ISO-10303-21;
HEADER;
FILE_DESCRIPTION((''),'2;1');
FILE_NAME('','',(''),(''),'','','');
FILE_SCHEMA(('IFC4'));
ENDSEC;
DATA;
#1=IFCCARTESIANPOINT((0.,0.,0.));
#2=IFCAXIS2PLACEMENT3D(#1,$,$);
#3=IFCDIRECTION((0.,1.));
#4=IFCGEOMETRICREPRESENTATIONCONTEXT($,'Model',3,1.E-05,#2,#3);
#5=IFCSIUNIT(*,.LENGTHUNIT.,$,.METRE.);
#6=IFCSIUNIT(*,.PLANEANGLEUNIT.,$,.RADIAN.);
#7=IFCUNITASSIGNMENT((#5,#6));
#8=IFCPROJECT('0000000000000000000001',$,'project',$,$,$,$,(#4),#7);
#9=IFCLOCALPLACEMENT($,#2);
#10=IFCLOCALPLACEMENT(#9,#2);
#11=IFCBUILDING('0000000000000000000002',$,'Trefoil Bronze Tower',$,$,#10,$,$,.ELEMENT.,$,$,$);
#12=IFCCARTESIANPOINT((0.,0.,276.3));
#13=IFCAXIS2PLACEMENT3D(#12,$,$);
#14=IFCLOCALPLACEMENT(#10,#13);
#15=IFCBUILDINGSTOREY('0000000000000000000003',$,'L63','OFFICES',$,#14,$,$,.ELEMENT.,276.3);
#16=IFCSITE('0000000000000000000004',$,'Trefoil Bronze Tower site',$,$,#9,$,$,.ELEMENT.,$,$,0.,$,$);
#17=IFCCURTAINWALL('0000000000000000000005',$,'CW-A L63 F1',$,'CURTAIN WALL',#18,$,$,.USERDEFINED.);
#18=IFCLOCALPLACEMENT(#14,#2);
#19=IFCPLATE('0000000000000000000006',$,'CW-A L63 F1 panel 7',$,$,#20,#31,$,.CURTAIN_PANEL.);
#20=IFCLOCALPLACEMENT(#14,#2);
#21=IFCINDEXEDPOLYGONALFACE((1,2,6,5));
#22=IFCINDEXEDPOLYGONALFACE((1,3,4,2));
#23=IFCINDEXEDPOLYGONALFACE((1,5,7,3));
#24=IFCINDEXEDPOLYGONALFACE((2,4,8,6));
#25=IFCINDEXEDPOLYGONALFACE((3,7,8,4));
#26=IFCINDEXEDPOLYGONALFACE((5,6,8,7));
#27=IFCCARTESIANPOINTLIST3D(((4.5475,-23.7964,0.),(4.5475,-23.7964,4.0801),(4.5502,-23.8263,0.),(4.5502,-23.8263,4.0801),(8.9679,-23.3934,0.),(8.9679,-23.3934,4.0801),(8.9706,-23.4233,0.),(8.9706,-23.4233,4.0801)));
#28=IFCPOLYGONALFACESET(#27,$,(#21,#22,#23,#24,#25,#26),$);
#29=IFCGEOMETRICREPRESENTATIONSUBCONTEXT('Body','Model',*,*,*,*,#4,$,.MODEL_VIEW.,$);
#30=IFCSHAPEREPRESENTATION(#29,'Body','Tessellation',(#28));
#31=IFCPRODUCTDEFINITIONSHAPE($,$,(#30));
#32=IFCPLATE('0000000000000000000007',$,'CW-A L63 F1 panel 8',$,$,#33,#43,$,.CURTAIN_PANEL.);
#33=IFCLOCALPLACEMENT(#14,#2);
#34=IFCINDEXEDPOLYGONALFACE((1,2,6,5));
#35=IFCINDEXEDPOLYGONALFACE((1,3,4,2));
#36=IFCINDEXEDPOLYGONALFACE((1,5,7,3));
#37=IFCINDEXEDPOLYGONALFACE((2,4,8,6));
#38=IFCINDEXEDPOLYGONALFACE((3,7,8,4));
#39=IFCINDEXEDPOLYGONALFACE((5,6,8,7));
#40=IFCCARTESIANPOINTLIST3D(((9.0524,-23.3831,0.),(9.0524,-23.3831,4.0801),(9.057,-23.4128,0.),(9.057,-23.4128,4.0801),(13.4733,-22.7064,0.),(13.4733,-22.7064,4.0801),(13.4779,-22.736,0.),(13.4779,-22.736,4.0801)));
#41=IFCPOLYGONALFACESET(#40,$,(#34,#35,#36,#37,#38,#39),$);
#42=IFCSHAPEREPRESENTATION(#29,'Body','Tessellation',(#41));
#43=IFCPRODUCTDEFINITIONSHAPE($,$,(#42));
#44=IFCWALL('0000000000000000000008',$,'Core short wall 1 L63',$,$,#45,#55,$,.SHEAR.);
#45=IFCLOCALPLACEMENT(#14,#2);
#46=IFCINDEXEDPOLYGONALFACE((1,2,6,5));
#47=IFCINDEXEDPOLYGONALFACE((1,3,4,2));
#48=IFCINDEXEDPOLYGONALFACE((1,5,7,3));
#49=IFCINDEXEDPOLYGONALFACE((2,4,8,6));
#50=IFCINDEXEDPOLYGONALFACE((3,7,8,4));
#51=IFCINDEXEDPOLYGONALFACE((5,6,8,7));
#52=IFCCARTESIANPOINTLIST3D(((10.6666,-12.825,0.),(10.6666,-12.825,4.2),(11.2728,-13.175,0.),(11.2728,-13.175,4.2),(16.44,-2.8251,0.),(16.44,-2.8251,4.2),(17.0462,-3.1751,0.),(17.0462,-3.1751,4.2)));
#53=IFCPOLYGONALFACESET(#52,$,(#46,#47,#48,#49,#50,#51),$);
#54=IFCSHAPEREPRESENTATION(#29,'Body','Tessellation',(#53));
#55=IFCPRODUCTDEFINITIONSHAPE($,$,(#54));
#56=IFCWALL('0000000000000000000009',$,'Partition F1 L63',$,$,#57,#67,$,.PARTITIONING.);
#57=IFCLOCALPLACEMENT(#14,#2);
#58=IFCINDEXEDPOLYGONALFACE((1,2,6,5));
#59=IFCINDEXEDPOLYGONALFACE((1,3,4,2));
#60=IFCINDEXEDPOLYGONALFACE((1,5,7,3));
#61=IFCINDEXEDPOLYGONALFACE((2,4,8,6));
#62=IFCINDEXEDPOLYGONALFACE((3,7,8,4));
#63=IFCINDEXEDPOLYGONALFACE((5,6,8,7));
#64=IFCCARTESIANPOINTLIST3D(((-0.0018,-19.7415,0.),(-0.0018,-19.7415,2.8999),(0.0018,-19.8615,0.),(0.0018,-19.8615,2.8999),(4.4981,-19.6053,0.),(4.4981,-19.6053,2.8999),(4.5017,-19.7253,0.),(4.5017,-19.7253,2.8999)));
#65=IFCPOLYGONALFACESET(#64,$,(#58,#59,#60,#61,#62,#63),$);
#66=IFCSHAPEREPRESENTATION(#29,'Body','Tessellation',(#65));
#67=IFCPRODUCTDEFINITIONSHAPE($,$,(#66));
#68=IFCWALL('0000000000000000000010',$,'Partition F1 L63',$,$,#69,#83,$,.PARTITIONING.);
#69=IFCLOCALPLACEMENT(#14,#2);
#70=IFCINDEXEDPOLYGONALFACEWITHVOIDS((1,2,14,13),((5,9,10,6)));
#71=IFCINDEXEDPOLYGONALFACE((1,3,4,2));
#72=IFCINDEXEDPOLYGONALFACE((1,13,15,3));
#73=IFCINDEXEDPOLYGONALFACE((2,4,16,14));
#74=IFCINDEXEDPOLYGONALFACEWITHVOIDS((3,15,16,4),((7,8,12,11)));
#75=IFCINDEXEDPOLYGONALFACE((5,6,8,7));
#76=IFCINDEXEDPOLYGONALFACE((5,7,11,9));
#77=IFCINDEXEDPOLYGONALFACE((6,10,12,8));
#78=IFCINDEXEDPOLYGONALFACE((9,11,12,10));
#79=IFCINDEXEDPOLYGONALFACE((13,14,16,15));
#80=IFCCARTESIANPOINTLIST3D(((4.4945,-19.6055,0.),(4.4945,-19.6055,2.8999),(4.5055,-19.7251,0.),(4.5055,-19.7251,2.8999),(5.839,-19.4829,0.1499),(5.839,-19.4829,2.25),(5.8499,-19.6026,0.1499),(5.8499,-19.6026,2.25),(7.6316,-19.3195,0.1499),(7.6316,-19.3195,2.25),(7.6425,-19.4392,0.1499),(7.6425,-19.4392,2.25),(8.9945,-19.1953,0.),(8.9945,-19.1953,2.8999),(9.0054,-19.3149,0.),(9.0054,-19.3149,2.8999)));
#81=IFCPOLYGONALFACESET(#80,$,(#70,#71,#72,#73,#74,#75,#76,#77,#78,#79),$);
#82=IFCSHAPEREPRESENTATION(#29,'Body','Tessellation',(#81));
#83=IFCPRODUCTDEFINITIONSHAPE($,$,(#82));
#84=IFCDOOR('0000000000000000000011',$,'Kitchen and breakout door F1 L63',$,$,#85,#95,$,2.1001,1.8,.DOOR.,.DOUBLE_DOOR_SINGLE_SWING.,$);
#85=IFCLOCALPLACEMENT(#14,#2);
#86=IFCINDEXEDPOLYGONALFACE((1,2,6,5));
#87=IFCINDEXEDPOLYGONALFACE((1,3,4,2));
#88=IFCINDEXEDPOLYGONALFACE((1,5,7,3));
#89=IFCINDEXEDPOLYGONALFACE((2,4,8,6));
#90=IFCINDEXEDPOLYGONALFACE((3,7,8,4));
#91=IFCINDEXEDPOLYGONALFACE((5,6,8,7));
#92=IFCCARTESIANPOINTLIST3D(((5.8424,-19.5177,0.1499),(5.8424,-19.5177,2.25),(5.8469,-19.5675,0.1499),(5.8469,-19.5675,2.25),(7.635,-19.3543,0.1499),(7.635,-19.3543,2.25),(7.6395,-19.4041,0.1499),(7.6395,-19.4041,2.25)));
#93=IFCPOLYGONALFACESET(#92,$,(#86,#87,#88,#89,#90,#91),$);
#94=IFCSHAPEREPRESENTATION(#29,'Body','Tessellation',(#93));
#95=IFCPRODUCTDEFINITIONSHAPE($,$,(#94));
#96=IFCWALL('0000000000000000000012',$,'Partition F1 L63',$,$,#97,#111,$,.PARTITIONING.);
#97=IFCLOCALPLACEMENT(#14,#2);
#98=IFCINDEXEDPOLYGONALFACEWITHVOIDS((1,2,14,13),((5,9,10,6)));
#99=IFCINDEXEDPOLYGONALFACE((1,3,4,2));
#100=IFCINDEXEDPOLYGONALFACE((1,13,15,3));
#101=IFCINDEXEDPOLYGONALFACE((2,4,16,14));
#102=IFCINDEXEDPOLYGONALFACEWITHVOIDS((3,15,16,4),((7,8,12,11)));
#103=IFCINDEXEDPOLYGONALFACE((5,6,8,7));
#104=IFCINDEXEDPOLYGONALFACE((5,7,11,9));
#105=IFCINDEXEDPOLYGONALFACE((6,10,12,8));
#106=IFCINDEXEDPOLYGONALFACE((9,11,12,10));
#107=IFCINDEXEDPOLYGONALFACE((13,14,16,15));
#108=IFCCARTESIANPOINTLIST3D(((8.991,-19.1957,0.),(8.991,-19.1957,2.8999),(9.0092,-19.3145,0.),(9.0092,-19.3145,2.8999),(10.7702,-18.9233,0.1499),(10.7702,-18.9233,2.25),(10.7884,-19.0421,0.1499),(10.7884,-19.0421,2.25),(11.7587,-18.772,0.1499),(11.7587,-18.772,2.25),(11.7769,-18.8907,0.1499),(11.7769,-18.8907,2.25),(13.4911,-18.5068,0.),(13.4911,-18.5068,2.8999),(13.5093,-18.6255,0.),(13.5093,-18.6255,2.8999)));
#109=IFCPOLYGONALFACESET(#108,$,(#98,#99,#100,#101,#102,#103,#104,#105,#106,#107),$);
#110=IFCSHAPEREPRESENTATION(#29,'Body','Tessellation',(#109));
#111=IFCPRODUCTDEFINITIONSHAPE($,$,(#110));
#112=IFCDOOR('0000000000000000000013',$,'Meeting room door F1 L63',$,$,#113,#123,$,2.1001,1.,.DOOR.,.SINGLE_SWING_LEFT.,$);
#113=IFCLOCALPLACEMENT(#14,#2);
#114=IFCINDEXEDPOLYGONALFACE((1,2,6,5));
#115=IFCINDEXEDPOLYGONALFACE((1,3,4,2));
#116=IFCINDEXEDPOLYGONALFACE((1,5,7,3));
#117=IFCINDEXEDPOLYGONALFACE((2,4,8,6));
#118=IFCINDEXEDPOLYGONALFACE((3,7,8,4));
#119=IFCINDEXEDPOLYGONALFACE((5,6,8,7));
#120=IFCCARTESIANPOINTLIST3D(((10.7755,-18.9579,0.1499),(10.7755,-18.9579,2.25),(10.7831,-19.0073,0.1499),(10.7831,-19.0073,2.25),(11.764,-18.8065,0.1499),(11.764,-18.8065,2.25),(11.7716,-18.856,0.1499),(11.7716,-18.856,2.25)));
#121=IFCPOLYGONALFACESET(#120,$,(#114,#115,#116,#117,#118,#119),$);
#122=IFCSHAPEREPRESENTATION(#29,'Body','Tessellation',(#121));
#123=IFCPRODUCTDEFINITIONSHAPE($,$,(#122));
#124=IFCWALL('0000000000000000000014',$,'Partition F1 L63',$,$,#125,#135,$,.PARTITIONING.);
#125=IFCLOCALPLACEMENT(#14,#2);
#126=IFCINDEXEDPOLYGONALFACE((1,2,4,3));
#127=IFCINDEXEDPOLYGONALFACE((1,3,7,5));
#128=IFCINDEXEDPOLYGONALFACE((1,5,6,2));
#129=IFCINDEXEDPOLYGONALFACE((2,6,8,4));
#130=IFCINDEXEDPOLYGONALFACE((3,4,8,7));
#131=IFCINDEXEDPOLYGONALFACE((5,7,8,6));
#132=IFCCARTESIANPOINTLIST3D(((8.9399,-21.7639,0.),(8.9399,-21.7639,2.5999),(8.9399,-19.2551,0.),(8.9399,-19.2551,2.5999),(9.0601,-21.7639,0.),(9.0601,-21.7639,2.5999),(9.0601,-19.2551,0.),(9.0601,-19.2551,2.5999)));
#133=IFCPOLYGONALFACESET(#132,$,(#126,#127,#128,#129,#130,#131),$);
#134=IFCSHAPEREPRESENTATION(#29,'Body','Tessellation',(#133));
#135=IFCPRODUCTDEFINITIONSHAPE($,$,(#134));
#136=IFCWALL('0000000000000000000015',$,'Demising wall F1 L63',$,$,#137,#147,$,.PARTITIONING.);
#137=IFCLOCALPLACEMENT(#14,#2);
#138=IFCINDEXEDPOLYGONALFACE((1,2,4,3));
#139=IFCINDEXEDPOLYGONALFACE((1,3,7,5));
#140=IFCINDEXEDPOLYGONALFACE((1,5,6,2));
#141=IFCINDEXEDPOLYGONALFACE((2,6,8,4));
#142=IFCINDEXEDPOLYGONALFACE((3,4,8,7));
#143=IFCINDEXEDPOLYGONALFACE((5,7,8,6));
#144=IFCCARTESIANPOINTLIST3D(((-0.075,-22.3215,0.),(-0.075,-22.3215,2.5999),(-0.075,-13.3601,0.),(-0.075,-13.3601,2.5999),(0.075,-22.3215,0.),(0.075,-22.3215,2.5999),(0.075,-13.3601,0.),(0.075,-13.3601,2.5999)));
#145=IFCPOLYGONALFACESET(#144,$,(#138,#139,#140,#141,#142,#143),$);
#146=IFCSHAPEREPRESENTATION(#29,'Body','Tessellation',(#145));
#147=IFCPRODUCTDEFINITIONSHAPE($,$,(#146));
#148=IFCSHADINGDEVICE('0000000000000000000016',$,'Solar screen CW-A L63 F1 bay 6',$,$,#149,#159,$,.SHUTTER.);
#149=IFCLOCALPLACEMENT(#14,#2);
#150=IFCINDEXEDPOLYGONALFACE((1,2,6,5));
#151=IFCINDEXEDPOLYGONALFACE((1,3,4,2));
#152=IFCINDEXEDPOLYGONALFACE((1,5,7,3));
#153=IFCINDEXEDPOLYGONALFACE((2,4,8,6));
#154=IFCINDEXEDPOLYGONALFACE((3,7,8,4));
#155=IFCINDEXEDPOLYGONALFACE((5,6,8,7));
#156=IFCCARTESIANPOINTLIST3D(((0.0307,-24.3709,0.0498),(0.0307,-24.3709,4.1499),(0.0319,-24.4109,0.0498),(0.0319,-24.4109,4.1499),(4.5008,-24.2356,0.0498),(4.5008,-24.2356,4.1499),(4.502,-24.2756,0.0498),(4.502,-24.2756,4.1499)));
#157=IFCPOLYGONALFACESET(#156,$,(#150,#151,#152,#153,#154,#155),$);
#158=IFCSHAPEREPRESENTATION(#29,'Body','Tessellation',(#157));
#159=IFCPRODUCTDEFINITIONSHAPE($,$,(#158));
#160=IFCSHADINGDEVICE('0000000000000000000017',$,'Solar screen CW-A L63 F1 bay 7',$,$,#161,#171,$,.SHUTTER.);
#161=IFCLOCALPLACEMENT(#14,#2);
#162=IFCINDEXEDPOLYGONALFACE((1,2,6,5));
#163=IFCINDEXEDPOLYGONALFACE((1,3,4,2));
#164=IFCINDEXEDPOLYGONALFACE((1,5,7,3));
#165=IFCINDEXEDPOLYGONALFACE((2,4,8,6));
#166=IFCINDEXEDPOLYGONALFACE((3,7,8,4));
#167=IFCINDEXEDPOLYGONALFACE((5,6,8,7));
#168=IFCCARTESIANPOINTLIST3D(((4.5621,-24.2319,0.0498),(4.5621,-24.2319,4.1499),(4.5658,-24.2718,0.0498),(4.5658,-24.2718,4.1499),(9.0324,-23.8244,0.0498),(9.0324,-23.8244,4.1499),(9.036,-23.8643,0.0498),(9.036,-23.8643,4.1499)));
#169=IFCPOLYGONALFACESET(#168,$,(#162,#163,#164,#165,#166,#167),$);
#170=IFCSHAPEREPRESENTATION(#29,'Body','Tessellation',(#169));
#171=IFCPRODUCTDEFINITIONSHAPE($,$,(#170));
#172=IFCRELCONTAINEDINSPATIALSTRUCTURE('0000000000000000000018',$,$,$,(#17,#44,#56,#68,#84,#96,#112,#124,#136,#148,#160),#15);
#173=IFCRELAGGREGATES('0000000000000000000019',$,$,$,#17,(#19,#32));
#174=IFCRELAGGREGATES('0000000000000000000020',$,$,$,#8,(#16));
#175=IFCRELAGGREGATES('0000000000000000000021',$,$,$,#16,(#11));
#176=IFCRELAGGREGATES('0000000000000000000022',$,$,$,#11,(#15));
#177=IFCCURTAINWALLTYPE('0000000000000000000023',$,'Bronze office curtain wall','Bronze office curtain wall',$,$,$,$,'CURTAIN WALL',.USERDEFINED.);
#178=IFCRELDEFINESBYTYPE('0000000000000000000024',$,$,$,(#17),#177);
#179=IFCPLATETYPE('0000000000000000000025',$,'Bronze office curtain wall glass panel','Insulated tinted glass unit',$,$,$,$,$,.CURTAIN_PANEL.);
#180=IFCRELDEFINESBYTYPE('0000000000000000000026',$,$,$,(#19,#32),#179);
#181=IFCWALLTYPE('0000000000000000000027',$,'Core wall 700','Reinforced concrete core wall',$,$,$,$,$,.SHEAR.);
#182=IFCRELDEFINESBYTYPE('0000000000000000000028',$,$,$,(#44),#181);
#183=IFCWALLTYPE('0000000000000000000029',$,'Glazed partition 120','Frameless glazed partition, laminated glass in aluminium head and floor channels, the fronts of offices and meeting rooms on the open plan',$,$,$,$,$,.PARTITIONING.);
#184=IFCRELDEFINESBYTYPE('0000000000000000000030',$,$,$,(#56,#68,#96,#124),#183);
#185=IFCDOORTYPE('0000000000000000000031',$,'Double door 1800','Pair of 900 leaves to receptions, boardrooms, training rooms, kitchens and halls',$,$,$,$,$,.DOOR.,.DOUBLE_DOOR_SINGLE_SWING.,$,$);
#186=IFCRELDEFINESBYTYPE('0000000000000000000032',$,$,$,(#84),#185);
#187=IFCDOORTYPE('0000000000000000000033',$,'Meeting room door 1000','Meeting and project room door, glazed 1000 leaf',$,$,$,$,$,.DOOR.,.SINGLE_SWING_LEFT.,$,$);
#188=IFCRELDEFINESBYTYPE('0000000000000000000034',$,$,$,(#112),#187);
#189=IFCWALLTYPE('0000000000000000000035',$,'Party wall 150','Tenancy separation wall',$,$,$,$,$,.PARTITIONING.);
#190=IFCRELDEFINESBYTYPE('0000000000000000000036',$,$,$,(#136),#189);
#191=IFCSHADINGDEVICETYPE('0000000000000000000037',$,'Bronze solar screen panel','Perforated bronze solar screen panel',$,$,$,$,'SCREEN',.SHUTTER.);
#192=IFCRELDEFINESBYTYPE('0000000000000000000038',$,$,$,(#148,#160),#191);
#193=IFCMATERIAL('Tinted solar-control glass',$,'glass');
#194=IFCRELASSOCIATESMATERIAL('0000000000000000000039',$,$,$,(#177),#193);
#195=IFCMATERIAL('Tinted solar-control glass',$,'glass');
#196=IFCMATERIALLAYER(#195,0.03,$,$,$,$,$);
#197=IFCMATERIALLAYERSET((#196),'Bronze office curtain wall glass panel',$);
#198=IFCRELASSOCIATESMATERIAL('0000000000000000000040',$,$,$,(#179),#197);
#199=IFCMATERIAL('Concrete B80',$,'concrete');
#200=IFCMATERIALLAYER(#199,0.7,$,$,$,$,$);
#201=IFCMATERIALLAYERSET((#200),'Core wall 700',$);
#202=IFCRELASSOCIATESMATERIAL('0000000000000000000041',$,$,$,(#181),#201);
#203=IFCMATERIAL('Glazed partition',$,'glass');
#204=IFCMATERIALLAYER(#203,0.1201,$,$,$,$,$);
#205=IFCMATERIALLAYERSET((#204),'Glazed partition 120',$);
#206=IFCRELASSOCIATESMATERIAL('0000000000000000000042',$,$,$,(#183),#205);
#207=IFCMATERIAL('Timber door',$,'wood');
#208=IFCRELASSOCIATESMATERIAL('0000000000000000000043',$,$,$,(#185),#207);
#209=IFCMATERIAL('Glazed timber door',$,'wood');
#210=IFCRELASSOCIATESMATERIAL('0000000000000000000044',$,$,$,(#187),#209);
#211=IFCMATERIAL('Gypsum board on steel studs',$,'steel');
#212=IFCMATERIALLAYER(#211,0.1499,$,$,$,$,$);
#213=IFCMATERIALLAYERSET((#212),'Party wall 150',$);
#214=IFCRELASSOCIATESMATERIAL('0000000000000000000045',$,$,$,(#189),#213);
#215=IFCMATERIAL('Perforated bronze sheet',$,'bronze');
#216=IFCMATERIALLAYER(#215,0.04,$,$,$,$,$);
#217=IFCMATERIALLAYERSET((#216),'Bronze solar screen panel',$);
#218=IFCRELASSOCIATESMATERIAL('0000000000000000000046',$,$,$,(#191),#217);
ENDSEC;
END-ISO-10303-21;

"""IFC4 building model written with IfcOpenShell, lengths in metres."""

from ifc_helpers import new_model, si_unit, direction, frame, frame_2d, origin, origin_2d, place, context, subcontext, project, spatial, rectangle, extrude, material, layer, layer_set, type_object, element, fill, aggregate, save


model = new_model("IFC4")

# Units and contexts
model_context = context("Model", 3, precision=1e-05, world=origin(), true_north=direction((0.0, 1.0)))
body_context = subcontext(model_context, "Body", "Model", "MODEL_VIEW")
ifc_project = project(units=[si_unit("LENGTHUNIT", "METRE"), si_unit("PLANEANGLEUNIT", "RADIAN")], contexts=[model_context])

# Site, building, storey
site_placement = place(None, origin())
site = spatial("IfcSite", under=ifc_project, at=site_placement, Name="Trefoil Bronze Tower site", CompositionType="ELEMENT", RefElevation=0.0)
building_placement = place(site_placement, origin())
building = spatial("IfcBuilding", under=site, at=building_placement, Name="Trefoil Bronze Tower", CompositionType="ELEMENT")
storey_placement = place(building_placement, frame((0.0, 0.0, 276.3)))
storey = spatial("IfcBuildingStorey", under=building, at=storey_placement, Name="L63", Description="OFFICES", CompositionType="ELEMENT", Elevation=276.3)

# Curtain wall
ifc_material_1 = material(Name="Tinted solar-control glass", Category="glass")
curtain_wall_type = type_object("IfcCurtainWallType", Name="Bronze office curtain wall", Description="Bronze office curtain wall", ElementType="CURTAIN WALL", PredefinedType="USERDEFINED", material=ifc_material_1)
curtain_wall_placement = place(storey_placement, origin())
curtain_wall = element("IfcCurtainWall", 1, at=curtain_wall_placement, inside=storey, type_object=curtain_wall_type, Name="CW-A L63 F1", ObjectType="CURTAIN WALL", PredefinedType="USERDEFINED")

# Plates
ifc_material_2 = material(Name="Tinted solar-control glass", Category="glass")
ifc_layer_1 = layer(ifc_material_2, 0.03)
ifc_layer_set_1 = layer_set([ifc_layer_1], Name="Bronze office curtain wall glass panel")
plate_type = type_object("IfcPlateType", Name="Bronze office curtain wall glass panel", Description="Insulated tinted glass unit", PredefinedType="CURTAIN_PANEL", material=ifc_layer_set_1)
plate_1_placement = place(storey_placement, frame((6.759, -23.6099, 0.0), z_axis=(0.0, 0.0, 1.0), x_axis=(0.99587, 0.090789, 0.0)))
plate_1 = element("IfcPlate", 2, at=plate_1_placement, type_object=plate_type, Name="CW-A L63 F1 panel 7", PredefinedType="CURTAIN_PANEL", context=body_context, shape_type="SweptSolid", body=[
    extrude(rectangle(XDim=4.4387, YDim=0.03, at=origin_2d()), origin(), (0.0, 0.0, 1.0), 4.0801),
])
plate_2_placement = place(storey_placement, frame((11.2651, -23.0596, 0.0), z_axis=(0.0, 0.0, 1.0), x_axis=(0.988485, 0.151317, 0.0)))
plate_2 = element("IfcPlate", 3, at=plate_2_placement, type_object=plate_type, Name="CW-A L63 F1 panel 8", PredefinedType="CURTAIN_PANEL", context=body_context, shape_type="SweptSolid", body=[
    extrude(rectangle(XDim=4.4724, YDim=0.03, at=origin_2d()), origin(), (0.0, 0.0, 1.0), 4.0801),
])
aggregate(curtain_wall, [plate_1, plate_2])

# Walls
ifc_material_3 = material(Name="Concrete B80", Category="concrete")
ifc_layer_2 = layer(ifc_material_3, 0.7)
ifc_layer_set_2 = layer_set([ifc_layer_2], Name="Core wall 700")
wall_type_1 = type_object("IfcWallType", Name="Core wall 700", Description="Reinforced concrete core wall", PredefinedType="SHEAR", material=ifc_layer_set_2)
wall_1_placement = place(storey_placement, frame((10.9697, -13.0, 0.0), z_axis=(0.0, 0.0, 1.0), x_axis=(0.499996, 0.866028, 0.0)))
element("IfcWall", 4, at=wall_1_placement, inside=storey, type_object=wall_type_1, Name="Core short wall 1 L63", PredefinedType="SHEAR", context=body_context, shape_type="SweptSolid", body=[
    extrude(rectangle(XDim=11.5469, YDim=0.7, at=frame_2d((5.7734, 0.0))), origin(), (0.0, 0.0, 1.0), 4.2),
])
ifc_material_4 = material(Name="Glazed partition", Category="glass")
ifc_layer_3 = layer(ifc_material_4, 0.1201)
ifc_layer_set_3 = layer_set([ifc_layer_3], Name="Glazed partition 120")
wall_type_2 = type_object("IfcWallType", Name="Glazed partition 120", Description="Frameless glazed partition, laminated glass in aluminium head and floor channels, the fronts of offices and meeting rooms on the open plan", PredefinedType="PARTITIONING", material=ifc_layer_set_3)
wall_2_placement = place(storey_placement, frame((0.0, -19.8015, 0.0), z_axis=(0.0, 0.0, 1.0), x_axis=(0.999542, 0.03026, 0.0)))
element("IfcWall", 5, at=wall_2_placement, inside=storey, type_object=wall_type_2, Name="Partition F1 L63", PredefinedType="PARTITIONING", context=body_context, shape_type="SweptSolid", body=[
    extrude(rectangle(XDim=4.502, YDim=0.1201, at=frame_2d((2.251, 0.0))), origin(), (0.0, 0.0, 1.0), 2.8999),
])

# Walls, openings, doors
wall_3_placement = place(storey_placement, frame((4.5, -19.6653, 0.0), z_axis=(0.0, 0.0, 1.0), x_axis=(0.995872, 0.09077, 0.0)))
wall_3 = element("IfcWall", 6, at=wall_3_placement, inside=storey, type_object=wall_type_2, Name="Partition F1 L63", PredefinedType="PARTITIONING", context=body_context, shape_type="SweptSolid", body=[
    extrude(rectangle(XDim=4.5186, YDim=0.1201, at=frame_2d((2.2593, 0.0))), origin(), (0.0, 0.0, 1.0), 2.8999),
])
opening_1_placement = place(wall_3_placement, frame((1.3501, 0.0, 0.1499)))
opening_1 = element("IfcOpeningElement", 7, at=opening_1_placement, cuts=wall_3, PredefinedType="OPENING", context=body_context, shape_type="SweptSolid", body=[
    extrude(rectangle(XDim=1.8, YDim=2.1001, at=frame_2d((0.8999, 1.05))), frame((0.0, 0.0701, 0.0), z_axis=(0.0, -1.0, 0.0), x_axis=(1.0, 0.0, 0.0)), (0.0, 0.0, 1.0), 0.1401),
])
ifc_material_5 = material(Name="Timber door", Category="wood")
door_type_1 = type_object("IfcDoorType", Name="Double door 1800", Description="Pair of 900 leaves to receptions, boardrooms, training rooms, kitchens and halls", OperationType="DOUBLE_DOOR_SINGLE_SWING", PredefinedType="DOOR", material=ifc_material_5)
door_1_placement = place(opening_1_placement, frame((1.8, 0.0, 0.0), z_axis=(0.0, 0.0, 1.0), x_axis=(-1.0, 0.0, 0.0)))
door_1 = element("IfcDoor", 8, at=door_1_placement, inside=storey, type_object=door_type_1, Name="Kitchen and breakout door F1 L63", OperationType="DOUBLE_DOOR_SINGLE_SWING", OverallHeight=2.1001, OverallWidth=1.8, PredefinedType="DOOR", context=body_context, shape_type="SweptSolid", body=[
    extrude(rectangle(XDim=1.8, YDim=2.1001, at=frame_2d((0.8999, 1.05))), frame((0.0, 0.0249, 0.0), z_axis=(0.0, -1.0, 0.0), x_axis=(1.0, 0.0, 0.0)), (0.0, 0.0, 1.0), 0.05),
])
fill(opening_1, door_1)
wall_4_placement = place(storey_placement, frame((9.0, -19.2551, 0.0), z_axis=(0.0, 0.0, 1.0), x_axis=(0.988482, 0.15134, 0.0)))
wall_4 = element("IfcWall", 9, at=wall_4_placement, inside=storey, type_object=wall_type_2, Name="Partition F1 L63", PredefinedType="PARTITIONING", context=body_context, shape_type="SweptSolid", body=[
    extrude(rectangle(XDim=4.5525, YDim=0.1201, at=frame_2d((2.2764, 0.0))), origin(), (0.0, 0.0, 1.0), 2.8999),
])
opening_2_placement = place(wall_4_placement, frame((1.8, 0.0, 0.1499)))
opening_2 = element("IfcOpeningElement", 10, at=opening_2_placement, cuts=wall_4, PredefinedType="OPENING", context=body_context, shape_type="SweptSolid", body=[
    extrude(rectangle(XDim=1.0, YDim=2.1001, at=frame_2d((0.5, 1.05))), frame((0.0, 0.0701, 0.0), z_axis=(0.0, -1.0, 0.0), x_axis=(1.0, 0.0, 0.0)), (0.0, 0.0, 1.0), 0.1401),
])
ifc_material_6 = material(Name="Glazed timber door", Category="wood")
door_type_2 = type_object("IfcDoorType", Name="Meeting room door 1000", Description="Meeting and project room door, glazed 1000 leaf", OperationType="SINGLE_SWING_LEFT", PredefinedType="DOOR", material=ifc_material_6)
door_2_placement = place(opening_2_placement, frame((1.0, 0.0, 0.0), z_axis=(0.0, 0.0, 1.0), x_axis=(-1.0, 0.0, 0.0)))
door_2 = element("IfcDoor", 11, at=door_2_placement, inside=storey, type_object=door_type_2, Name="Meeting room door F1 L63", OperationType="SINGLE_SWING_LEFT", OverallHeight=2.1001, OverallWidth=1.0, PredefinedType="DOOR", context=body_context, shape_type="SweptSolid", body=[
    extrude(rectangle(XDim=1.0, YDim=2.1001, at=frame_2d((0.5, 1.05))), frame((0.0, 0.0249, 0.0), z_axis=(0.0, -1.0, 0.0), x_axis=(1.0, 0.0, 0.0)), (0.0, 0.0, 1.0), 0.05),
])
fill(opening_2, door_2)

# Walls
wall_5_placement = place(storey_placement, frame((9.0, -19.2551, 0.0), z_axis=(0.0, 0.0, 1.0), x_axis=(0.0, -1.0, 0.0)))
element("IfcWall", 12, at=wall_5_placement, inside=storey, type_object=wall_type_2, Name="Partition F1 L63", PredefinedType="PARTITIONING", context=body_context, shape_type="SweptSolid", body=[
    extrude(rectangle(XDim=2.5088, YDim=0.1201, at=frame_2d((1.2544, 0.0))), origin(), (0.0, 0.0, 1.0), 2.5999),
])
ifc_material_7 = material(Name="Gypsum board on steel studs", Category="steel")
ifc_layer_4 = layer(ifc_material_7, 0.1499)
ifc_layer_set_4 = layer_set([ifc_layer_4], Name="Party wall 150")
wall_type_3 = type_object("IfcWallType", Name="Party wall 150", Description="Tenancy separation wall", PredefinedType="PARTITIONING", material=ifc_layer_set_4)
wall_6_placement = place(storey_placement, frame((0.0, -13.3601, 0.0), z_axis=(0.0, 0.0, 1.0), x_axis=(0.0, -1.0, 0.0)))
element("IfcWall", 13, at=wall_6_placement, inside=storey, type_object=wall_type_3, Name="Demising wall F1 L63", PredefinedType="PARTITIONING", context=body_context, shape_type="SweptSolid", body=[
    extrude(rectangle(XDim=8.9614, YDim=0.1499, at=frame_2d((4.4807, 0.0))), origin(), (0.0, 0.0, 1.0), 2.5999),
])

# Shading devices
ifc_material_8 = material(Name="Perforated bronze sheet", Category="bronze")
ifc_layer_5 = layer(ifc_material_8, 0.04)
ifc_layer_set_5 = layer_set([ifc_layer_5], Name="Bronze solar screen panel")
shading_device_type = type_object("IfcShadingDeviceType", Name="Bronze solar screen panel", Description="Perforated bronze solar screen panel", ElementType="SCREEN", PredefinedType="SHUTTER", material=ifc_layer_set_5)
shading_device_1_placement = place(storey_placement, frame((2.2664, -24.3232, 0.0498), z_axis=(0.0, 0.0, 1.0), x_axis=(0.999542, 0.030263, 0.0)))
element("IfcShadingDevice", 14, at=shading_device_1_placement, inside=storey, type_object=shading_device_type, Name="Solar screen CW-A L63 F1 bay 6", PredefinedType="SHUTTER", context=body_context, shape_type="SweptSolid", body=[
    extrude(rectangle(XDim=4.4722, YDim=0.04, at=origin_2d()), origin(), (0.0, 0.0, 1.0), 4.1001),
])
shading_device_2_placement = place(storey_placement, frame((6.7991, -24.0481, 0.0498), z_axis=(0.0, 0.0, 1.0), x_axis=(0.99587, 0.090789, 0.0)))
element("IfcShadingDevice", 15, at=shading_device_2_placement, inside=storey, type_object=shading_device_type, Name="Solar screen CW-A L63 F1 bay 7", PredefinedType="SHUTTER", context=body_context, shape_type="SweptSolid", body=[
    extrude(rectangle(XDim=4.4888, YDim=0.04, at=origin_2d()), origin(), (0.0, 0.0, 1.0), 4.1001),
])

save(model, "model.ifc")
